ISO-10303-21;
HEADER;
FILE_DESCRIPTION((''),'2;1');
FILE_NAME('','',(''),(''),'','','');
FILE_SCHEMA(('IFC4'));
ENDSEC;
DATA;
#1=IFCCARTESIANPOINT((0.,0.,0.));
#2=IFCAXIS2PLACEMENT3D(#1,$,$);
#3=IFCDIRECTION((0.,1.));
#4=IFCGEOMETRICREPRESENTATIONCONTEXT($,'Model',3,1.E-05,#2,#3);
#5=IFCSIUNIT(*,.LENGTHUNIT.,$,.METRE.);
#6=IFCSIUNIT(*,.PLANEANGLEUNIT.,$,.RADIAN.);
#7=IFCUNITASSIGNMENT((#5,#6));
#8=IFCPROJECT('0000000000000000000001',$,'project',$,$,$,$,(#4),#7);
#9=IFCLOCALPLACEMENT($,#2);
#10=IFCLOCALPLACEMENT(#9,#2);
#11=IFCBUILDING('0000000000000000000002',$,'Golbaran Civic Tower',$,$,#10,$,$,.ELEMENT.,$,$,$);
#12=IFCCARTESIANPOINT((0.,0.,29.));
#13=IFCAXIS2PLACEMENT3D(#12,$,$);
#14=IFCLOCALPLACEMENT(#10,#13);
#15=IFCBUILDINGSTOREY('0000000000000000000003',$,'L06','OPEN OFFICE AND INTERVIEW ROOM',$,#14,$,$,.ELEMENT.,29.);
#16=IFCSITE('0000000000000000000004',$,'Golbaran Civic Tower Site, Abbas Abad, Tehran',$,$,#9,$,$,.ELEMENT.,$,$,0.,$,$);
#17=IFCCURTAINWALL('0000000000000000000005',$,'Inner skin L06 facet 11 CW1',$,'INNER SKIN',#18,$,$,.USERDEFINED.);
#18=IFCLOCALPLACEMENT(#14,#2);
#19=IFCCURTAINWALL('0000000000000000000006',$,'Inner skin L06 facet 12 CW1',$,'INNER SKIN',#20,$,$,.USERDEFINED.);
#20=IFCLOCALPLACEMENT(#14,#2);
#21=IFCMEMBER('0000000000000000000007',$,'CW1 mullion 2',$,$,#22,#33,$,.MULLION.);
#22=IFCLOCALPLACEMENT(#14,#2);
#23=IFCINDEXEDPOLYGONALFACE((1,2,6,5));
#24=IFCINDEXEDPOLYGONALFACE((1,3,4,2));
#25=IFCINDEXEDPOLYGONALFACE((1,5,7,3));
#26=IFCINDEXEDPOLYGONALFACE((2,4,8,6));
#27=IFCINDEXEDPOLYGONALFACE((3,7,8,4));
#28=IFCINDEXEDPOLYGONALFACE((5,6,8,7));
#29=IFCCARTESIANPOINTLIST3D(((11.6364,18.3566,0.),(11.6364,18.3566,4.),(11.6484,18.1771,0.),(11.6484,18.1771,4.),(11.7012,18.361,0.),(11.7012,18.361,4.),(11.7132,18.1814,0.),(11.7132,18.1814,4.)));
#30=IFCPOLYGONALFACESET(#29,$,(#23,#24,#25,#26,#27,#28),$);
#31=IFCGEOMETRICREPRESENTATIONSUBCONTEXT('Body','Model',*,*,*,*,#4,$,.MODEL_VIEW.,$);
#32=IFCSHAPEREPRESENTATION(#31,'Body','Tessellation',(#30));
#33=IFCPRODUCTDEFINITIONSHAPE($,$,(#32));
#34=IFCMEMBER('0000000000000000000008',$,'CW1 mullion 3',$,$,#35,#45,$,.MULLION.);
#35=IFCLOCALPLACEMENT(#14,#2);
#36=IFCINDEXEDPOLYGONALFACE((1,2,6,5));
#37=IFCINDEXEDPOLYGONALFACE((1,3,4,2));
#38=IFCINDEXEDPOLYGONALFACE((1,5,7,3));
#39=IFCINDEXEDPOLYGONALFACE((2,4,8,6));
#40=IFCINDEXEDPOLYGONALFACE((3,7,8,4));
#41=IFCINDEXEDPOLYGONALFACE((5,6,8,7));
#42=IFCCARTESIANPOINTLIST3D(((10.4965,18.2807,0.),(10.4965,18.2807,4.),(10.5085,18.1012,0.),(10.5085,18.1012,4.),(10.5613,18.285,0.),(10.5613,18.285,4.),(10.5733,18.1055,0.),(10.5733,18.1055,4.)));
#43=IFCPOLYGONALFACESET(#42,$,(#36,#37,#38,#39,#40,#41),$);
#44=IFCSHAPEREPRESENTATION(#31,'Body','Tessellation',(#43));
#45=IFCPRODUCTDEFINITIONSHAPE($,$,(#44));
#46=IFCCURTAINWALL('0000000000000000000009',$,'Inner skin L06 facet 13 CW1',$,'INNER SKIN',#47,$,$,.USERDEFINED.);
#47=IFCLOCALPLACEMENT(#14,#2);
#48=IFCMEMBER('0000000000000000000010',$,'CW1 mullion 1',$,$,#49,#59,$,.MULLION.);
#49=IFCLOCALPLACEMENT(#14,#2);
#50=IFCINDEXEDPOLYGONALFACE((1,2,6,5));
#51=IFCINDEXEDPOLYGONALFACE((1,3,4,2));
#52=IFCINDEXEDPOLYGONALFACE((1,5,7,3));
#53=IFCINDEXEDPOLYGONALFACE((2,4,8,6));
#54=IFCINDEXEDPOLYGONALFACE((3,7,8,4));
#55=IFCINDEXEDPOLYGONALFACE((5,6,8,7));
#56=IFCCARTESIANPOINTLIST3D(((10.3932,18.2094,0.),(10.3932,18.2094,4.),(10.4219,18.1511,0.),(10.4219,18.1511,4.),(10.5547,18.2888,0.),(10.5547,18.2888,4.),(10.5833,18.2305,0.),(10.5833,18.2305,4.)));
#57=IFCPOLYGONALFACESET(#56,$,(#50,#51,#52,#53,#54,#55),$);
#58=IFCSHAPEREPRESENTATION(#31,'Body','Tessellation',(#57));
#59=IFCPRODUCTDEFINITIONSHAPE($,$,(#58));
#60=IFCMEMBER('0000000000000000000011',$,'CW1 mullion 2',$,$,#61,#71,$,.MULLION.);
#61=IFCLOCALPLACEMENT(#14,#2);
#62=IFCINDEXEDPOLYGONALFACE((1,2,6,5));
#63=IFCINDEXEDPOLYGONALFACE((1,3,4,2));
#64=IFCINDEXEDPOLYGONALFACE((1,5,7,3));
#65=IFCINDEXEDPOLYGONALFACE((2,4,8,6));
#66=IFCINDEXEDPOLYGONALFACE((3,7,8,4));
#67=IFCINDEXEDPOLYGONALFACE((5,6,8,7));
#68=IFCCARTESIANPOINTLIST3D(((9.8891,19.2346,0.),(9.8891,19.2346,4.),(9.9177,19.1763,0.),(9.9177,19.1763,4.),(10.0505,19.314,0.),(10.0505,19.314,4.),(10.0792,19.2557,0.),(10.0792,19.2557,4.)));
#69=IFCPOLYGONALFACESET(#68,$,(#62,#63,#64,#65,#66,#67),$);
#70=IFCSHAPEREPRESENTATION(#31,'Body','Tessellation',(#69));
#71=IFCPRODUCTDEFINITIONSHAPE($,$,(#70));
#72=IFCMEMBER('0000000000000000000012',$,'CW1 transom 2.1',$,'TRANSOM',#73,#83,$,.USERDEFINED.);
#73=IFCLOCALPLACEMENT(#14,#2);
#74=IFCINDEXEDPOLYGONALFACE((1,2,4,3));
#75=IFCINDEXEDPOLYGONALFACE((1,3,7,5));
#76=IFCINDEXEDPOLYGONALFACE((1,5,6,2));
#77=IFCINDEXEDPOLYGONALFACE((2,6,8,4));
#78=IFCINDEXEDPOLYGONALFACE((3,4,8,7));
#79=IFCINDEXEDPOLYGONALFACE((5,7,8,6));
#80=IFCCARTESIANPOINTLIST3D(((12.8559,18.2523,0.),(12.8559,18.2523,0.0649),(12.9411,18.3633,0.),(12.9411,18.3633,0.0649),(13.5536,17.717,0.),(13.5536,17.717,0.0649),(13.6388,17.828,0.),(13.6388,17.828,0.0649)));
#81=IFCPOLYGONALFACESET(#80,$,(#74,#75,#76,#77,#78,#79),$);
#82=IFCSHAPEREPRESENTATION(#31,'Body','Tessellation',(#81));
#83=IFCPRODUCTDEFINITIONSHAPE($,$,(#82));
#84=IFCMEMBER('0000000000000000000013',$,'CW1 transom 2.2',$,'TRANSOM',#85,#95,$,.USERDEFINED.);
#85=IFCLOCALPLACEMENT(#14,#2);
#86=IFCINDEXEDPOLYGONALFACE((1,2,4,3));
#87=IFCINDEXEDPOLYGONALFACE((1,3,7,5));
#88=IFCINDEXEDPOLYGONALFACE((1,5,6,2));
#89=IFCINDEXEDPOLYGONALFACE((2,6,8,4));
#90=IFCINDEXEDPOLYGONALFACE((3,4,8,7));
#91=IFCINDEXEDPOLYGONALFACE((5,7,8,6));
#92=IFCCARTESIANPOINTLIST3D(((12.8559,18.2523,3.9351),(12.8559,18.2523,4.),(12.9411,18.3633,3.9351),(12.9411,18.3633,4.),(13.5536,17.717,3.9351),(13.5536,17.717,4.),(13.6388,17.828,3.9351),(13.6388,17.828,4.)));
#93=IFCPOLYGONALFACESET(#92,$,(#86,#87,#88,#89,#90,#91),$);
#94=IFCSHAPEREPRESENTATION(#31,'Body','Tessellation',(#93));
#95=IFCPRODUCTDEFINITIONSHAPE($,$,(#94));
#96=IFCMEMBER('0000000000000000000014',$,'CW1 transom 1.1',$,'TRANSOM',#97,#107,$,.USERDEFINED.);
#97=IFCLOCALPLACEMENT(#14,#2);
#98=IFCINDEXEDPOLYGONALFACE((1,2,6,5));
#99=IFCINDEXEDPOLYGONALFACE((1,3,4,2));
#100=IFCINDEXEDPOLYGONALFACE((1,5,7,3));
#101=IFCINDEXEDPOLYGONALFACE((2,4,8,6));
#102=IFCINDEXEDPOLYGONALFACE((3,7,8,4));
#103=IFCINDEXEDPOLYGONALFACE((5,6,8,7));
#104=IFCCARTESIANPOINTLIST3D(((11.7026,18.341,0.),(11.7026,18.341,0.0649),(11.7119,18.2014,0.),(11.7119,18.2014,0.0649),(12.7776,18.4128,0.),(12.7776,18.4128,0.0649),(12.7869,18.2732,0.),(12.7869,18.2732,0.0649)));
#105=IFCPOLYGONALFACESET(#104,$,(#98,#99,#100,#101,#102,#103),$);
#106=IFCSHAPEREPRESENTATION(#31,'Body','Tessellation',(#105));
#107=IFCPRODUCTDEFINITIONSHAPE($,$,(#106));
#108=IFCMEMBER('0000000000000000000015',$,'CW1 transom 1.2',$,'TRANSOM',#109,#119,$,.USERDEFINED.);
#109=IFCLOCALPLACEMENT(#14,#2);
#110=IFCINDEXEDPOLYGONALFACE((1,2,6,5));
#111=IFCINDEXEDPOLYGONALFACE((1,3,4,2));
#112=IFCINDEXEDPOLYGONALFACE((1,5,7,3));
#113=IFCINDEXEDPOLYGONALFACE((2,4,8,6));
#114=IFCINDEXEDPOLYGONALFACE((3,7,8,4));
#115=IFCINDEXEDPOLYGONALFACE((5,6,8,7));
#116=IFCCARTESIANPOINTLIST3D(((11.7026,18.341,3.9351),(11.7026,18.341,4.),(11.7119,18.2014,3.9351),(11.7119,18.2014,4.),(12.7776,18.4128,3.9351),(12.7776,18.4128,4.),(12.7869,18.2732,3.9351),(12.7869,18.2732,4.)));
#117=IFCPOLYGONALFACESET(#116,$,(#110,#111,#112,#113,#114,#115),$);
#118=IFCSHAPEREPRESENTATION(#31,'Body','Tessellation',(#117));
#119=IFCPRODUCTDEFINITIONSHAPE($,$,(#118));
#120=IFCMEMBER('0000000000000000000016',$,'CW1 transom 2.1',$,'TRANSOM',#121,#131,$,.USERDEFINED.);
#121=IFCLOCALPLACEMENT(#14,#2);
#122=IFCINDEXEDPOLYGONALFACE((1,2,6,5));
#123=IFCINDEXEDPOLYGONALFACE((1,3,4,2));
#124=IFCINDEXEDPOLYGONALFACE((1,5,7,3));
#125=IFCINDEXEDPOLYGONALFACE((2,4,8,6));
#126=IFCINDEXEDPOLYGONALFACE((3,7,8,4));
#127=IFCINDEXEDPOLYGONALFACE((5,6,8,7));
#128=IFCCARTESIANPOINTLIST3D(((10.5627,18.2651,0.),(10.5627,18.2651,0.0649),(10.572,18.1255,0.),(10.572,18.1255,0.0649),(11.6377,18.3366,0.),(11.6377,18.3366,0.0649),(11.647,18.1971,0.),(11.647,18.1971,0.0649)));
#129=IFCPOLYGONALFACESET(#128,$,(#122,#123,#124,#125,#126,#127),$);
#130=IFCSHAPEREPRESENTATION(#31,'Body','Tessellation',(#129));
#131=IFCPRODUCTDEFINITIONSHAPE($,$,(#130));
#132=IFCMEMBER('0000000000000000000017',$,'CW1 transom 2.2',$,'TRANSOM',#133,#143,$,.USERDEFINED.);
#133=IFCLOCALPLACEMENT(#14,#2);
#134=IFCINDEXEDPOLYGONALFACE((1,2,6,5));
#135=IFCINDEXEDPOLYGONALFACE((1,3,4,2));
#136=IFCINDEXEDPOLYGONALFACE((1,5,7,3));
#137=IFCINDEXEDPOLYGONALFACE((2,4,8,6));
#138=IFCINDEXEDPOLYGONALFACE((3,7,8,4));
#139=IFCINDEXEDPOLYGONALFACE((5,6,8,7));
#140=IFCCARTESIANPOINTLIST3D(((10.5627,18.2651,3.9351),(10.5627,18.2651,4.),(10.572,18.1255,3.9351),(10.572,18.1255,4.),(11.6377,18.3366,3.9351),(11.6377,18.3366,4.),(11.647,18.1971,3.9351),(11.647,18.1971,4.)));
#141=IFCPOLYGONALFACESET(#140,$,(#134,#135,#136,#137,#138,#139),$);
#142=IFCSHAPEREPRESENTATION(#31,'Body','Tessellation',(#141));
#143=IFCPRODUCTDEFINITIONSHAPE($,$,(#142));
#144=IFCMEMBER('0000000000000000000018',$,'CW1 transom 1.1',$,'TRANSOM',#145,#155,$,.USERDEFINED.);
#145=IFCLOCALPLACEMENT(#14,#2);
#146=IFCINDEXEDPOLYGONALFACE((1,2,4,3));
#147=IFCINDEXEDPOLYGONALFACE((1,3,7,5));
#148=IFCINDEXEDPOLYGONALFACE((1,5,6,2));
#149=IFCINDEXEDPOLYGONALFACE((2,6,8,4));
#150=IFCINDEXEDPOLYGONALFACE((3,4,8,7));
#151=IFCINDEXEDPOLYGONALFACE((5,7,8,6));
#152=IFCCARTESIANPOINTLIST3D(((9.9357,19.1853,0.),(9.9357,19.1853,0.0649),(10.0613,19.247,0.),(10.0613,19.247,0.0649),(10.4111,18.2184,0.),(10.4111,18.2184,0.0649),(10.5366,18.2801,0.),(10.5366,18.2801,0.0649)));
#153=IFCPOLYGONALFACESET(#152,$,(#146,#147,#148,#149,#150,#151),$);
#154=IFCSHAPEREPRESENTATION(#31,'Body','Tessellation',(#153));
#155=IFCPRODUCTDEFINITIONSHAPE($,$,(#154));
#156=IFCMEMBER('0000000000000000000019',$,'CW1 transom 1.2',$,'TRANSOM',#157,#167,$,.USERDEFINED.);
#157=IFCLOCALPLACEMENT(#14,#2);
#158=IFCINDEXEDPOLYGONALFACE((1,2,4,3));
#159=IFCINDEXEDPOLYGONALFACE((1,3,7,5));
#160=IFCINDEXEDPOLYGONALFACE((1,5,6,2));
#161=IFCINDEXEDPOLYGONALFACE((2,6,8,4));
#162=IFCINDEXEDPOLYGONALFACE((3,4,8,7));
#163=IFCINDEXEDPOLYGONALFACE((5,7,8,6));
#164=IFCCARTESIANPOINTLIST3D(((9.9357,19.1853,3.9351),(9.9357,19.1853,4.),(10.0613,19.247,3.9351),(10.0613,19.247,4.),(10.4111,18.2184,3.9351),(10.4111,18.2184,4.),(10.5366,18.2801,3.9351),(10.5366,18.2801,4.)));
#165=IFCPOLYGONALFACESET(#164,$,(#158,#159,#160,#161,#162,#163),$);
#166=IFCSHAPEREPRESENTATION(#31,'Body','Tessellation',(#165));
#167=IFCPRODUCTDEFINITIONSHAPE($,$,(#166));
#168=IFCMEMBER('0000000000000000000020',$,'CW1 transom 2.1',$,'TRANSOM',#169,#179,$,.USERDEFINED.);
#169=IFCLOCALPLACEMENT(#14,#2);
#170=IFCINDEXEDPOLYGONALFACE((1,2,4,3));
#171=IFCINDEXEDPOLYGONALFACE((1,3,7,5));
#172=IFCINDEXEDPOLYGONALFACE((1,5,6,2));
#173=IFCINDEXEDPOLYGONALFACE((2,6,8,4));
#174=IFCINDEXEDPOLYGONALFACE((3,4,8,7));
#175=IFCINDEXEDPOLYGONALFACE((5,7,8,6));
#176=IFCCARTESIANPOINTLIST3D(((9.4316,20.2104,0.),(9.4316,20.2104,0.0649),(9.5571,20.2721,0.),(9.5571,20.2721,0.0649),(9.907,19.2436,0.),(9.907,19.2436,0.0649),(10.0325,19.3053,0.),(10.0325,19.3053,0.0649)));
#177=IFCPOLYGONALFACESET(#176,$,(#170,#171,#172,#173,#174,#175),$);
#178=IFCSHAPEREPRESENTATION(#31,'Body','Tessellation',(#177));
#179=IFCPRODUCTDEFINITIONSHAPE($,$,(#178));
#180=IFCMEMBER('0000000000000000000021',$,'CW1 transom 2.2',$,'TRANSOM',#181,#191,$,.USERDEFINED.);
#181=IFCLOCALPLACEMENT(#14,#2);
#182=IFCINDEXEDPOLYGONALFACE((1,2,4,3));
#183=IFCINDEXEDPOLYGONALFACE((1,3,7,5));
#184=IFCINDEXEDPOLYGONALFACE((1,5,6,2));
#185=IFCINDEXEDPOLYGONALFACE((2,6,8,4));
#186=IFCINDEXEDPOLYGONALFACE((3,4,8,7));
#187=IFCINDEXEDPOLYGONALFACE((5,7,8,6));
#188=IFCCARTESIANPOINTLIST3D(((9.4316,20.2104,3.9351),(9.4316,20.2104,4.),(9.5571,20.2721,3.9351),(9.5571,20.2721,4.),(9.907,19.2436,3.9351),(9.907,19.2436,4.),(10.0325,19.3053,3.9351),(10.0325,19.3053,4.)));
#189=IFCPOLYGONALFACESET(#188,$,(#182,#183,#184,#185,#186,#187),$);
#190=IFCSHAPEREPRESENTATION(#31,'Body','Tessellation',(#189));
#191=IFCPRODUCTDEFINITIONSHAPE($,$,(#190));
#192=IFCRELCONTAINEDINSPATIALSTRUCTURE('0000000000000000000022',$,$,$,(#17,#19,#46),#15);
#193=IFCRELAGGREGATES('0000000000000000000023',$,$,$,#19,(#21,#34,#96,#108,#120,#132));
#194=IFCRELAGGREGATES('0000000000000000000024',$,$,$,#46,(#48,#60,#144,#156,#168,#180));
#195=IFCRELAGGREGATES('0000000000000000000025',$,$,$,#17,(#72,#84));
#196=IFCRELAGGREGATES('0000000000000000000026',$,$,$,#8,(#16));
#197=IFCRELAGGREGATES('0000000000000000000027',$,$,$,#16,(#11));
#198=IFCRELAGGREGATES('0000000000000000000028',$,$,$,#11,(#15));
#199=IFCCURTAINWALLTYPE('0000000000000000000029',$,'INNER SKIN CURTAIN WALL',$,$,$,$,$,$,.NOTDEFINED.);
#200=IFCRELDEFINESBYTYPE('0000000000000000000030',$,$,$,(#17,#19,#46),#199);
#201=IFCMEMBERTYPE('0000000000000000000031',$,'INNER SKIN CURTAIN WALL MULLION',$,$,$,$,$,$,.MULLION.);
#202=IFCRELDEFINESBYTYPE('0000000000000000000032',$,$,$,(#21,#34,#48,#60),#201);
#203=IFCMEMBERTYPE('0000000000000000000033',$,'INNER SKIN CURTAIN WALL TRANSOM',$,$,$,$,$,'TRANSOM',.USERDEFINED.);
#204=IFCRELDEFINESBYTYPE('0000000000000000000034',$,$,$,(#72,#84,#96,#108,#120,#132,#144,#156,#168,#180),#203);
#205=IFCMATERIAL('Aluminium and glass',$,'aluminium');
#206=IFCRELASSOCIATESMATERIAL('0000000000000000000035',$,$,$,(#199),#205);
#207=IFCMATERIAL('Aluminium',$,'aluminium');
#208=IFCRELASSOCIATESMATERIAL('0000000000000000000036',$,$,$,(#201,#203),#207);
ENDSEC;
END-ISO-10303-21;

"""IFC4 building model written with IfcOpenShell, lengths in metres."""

from ifc_helpers import new_model, si_unit, direction, frame, origin, origin_2d, place, context, subcontext, project, spatial, rectangle, extrude, material, material_profile, profile_set, type_object, element, aggregate, save


model = new_model("IFC4")

# Units and contexts
model_context = context("Model", 3, precision=1e-05, world=origin(), true_north=direction((0.0, 1.0)))
body_context = subcontext(model_context, "Body", "Model", "MODEL_VIEW")
ifc_project = project(units=[si_unit("LENGTHUNIT", "METRE"), si_unit("PLANEANGLEUNIT", "RADIAN")], contexts=[model_context])

# Site, building, storey
site_placement = place(None, origin())
site = spatial("IfcSite", under=ifc_project, at=site_placement, Name="Golbaran Civic Tower Site, Abbas Abad, Tehran", CompositionType="ELEMENT", RefElevation=0.0)
building_placement = place(site_placement, origin())
building = spatial("IfcBuilding", under=site, at=building_placement, Name="Golbaran Civic Tower", CompositionType="ELEMENT")
storey_placement = place(building_placement, frame((0.0, 0.0, 29.0)))
storey = spatial("IfcBuildingStorey", under=building, at=storey_placement, Name="L06", Description="OPEN OFFICE AND INTERVIEW ROOM", CompositionType="ELEMENT", Elevation=29.0)

# Curtain walls, members
ifc_material_1 = material(Name="Aluminium and glass", Category="aluminium")
curtain_wall_type = type_object("IfcCurtainWallType", Name="INNER SKIN CURTAIN WALL", PredefinedType="NOTDEFINED", material=ifc_material_1)
curtain_wall_1_placement = place(storey_placement, origin())
curtain_wall_1 = element("IfcCurtainWall", 1, at=curtain_wall_1_placement, inside=storey, type_object=curtain_wall_type, Name="Inner skin L06 facet 11 CW1", ObjectType="INNER SKIN", PredefinedType="USERDEFINED")
ifc_material_2 = material(Name="Aluminium", Category="aluminium")
ifc_material_profile_1 = material_profile(ifc_material_2, rectangle(XDim=0.1799, YDim=0.0649, at=origin_2d()), Name="INNER SKIN CURTAIN WALL MULLION")
ifc_profile_set_1 = profile_set([ifc_material_profile_1], Name="Aluminium")
member_type_1 = type_object("IfcMemberType", Name="INNER SKIN CURTAIN WALL MULLION", PredefinedType="MULLION", material=ifc_profile_set_1)
curtain_wall_2_placement = place(storey_placement, origin())
curtain_wall_2 = element("IfcCurtainWall", 2, at=curtain_wall_2_placement, inside=storey, type_object=curtain_wall_type, Name="Inner skin L06 facet 12 CW1", ObjectType="INNER SKIN", PredefinedType="USERDEFINED")
member_1_placement = place(storey_placement, frame((11.6748, 18.269, 0.0), z_axis=(0.0, 0.0, 1.0), x_axis=(0.066606, -0.997779, 0.0)))
member_1 = element("IfcMember", 3, at=member_1_placement, type_object=member_type_1, Name="CW1 mullion 2", PredefinedType="MULLION", context=body_context, shape_type="SweptSolid", body=[
    extrude(rectangle(XDim=0.1799, YDim=0.0649, at=origin_2d()), origin(), (0.0, 0.0, 1.0), 4.0),
])
member_2_placement = place(storey_placement, frame((10.5349, 18.1931, 0.0), z_axis=(0.0, 0.0, 1.0), x_axis=(0.066606, -0.997779, 0.0)))
member_2 = element("IfcMember", 4, at=member_2_placement, type_object=member_type_1, Name="CW1 mullion 3", PredefinedType="MULLION", context=body_context, shape_type="SweptSolid", body=[
    extrude(rectangle(XDim=0.1799, YDim=0.0649, at=origin_2d()), origin(), (0.0, 0.0, 1.0), 4.0),
])
curtain_wall_3_placement = place(storey_placement, origin())
curtain_wall_3 = element("IfcCurtainWall", 5, at=curtain_wall_3_placement, inside=storey, type_object=curtain_wall_type, Name="Inner skin L06 facet 13 CW1", ObjectType="INNER SKIN", PredefinedType="USERDEFINED")
member_3_placement = place(storey_placement, frame((10.4883, 18.22, 0.0), z_axis=(0.0, 0.0, 1.0), x_axis=(-0.897405, -0.441207, 0.0)))
member_3 = element("IfcMember", 6, at=member_3_placement, type_object=member_type_1, Name="CW1 mullion 1", PredefinedType="MULLION", context=body_context, shape_type="SweptSolid", body=[
    extrude(rectangle(XDim=0.1799, YDim=0.0649, at=origin_2d()), origin(), (0.0, 0.0, 1.0), 4.0),
])
member_4_placement = place(storey_placement, frame((9.9841, 19.2451, 0.0), z_axis=(0.0, 0.0, 1.0), x_axis=(-0.897405, -0.441207, 0.0)))
member_4 = element("IfcMember", 7, at=member_4_placement, type_object=member_type_1, Name="CW1 mullion 2", PredefinedType="MULLION", context=body_context, shape_type="SweptSolid", body=[
    extrude(rectangle(XDim=0.1799, YDim=0.0649, at=origin_2d()), origin(), (0.0, 0.0, 1.0), 4.0),
])

# Members
ifc_material_profile_2 = material_profile(ifc_material_2, rectangle(XDim=0.1399, YDim=0.0649, at=origin_2d()), Name="INNER SKIN CURTAIN WALL TRANSOM")
ifc_profile_set_2 = profile_set([ifc_material_profile_2], Name="Aluminium")
member_type_2 = type_object("IfcMemberType", Name="INNER SKIN CURTAIN WALL TRANSOM", ElementType="TRANSOM", PredefinedType="USERDEFINED", material=ifc_profile_set_2)
member_5_placement = place(storey_placement, frame((13.5962, 17.7725, 0.0325), z_axis=(-0.793356, 0.608758, 0.0), x_axis=(-0.608758, -0.793356, 0.0)))
member_5 = element("IfcMember", 8, at=member_5_placement, type_object=member_type_2, Name="CW1 transom 2.1", ObjectType="TRANSOM", PredefinedType="USERDEFINED", context=body_context, shape_type="SweptSolid", body=[
    extrude(rectangle(XDim=0.1399, YDim=0.0649, at=origin_2d()), origin(), (0.0, 0.0, 1.0), 0.8794),
])
member_6_placement = place(storey_placement, frame((13.5962, 17.7725, 3.9675), z_axis=(-0.793356, 0.608758, 0.0), x_axis=(-0.608758, -0.793356, 0.0)))
member_6 = element("IfcMember", 9, at=member_6_placement, type_object=member_type_2, Name="CW1 transom 2.2", ObjectType="TRANSOM", PredefinedType="USERDEFINED", context=body_context, shape_type="SweptSolid", body=[
    extrude(rectangle(XDim=0.1399, YDim=0.0649, at=origin_2d()), origin(), (0.0, 0.0, 1.0), 0.8794),
])
member_7_placement = place(storey_placement, frame((12.7822, 18.343, 0.0325), z_axis=(-0.997778, -0.066624, 0.0), x_axis=(0.066624, -0.997778, 0.0)))
member_7 = element("IfcMember", 10, at=member_7_placement, type_object=member_type_2, Name="CW1 transom 1.1", ObjectType="TRANSOM", PredefinedType="USERDEFINED", context=body_context, shape_type="SweptSolid", body=[
    extrude(rectangle(XDim=0.1399, YDim=0.0649, at=origin_2d()), origin(), (0.0, 0.0, 1.0), 1.0774),
])
member_8_placement = place(storey_placement, frame((12.7822, 18.343, 3.9675), z_axis=(-0.997778, -0.066624, 0.0), x_axis=(0.066624, -0.997778, 0.0)))
member_8 = element("IfcMember", 11, at=member_8_placement, type_object=member_type_2, Name="CW1 transom 1.2", ObjectType="TRANSOM", PredefinedType="USERDEFINED", context=body_context, shape_type="SweptSolid", body=[
    extrude(rectangle(XDim=0.1399, YDim=0.0649, at=origin_2d()), origin(), (0.0, 0.0, 1.0), 1.0774),
])
member_9_placement = place(storey_placement, frame((11.6423, 18.2668, 0.0325), z_axis=(-0.997793, -0.066399, 0.0), x_axis=(0.066399, -0.997793, 0.0)))
member_9 = element("IfcMember", 12, at=member_9_placement, type_object=member_type_2, Name="CW1 transom 2.1", ObjectType="TRANSOM", PredefinedType="USERDEFINED", context=body_context, shape_type="SweptSolid", body=[
    extrude(rectangle(XDim=0.1399, YDim=0.0649, at=origin_2d()), origin(), (0.0, 0.0, 1.0), 1.0774),
])
member_10_placement = place(storey_placement, frame((11.6423, 18.2668, 3.9675), z_axis=(-0.997793, -0.066399, 0.0), x_axis=(0.066399, -0.997793, 0.0)))
member_10 = element("IfcMember", 13, at=member_10_placement, type_object=member_type_2, Name="CW1 transom 2.2", ObjectType="TRANSOM", PredefinedType="USERDEFINED", context=body_context, shape_type="SweptSolid", body=[
    extrude(rectangle(XDim=0.1399, YDim=0.0649, at=origin_2d()), origin(), (0.0, 0.0, 1.0), 1.0774),
])
member_11_placement = place(storey_placement, frame((10.4739, 18.2493, 0.0325), z_axis=(-0.441221, 0.897399, 0.0), x_axis=(-0.897399, -0.441221, 0.0)))
member_11 = element("IfcMember", 14, at=member_11_placement, type_object=member_type_2, Name="CW1 transom 1.1", ObjectType="TRANSOM", PredefinedType="USERDEFINED", context=body_context, shape_type="SweptSolid", body=[
    extrude(rectangle(XDim=0.1399, YDim=0.0649, at=origin_2d()), origin(), (0.0, 0.0, 1.0), 1.0774),
])
member_12_placement = place(storey_placement, frame((10.4739, 18.2493, 3.9675), z_axis=(-0.441221, 0.897399, 0.0), x_axis=(-0.897399, -0.441221, 0.0)))
member_12 = element("IfcMember", 15, at=member_12_placement, type_object=member_type_2, Name="CW1 transom 1.2", ObjectType="TRANSOM", PredefinedType="USERDEFINED", context=body_context, shape_type="SweptSolid", body=[
    extrude(rectangle(XDim=0.1399, YDim=0.0649, at=origin_2d()), origin(), (0.0, 0.0, 1.0), 1.0774),
])
member_13_placement = place(storey_placement, frame((9.9697, 19.2744, 0.0325), z_axis=(-0.441221, 0.897399, 0.0), x_axis=(-0.897399, -0.441221, 0.0)))
member_13 = element("IfcMember", 16, at=member_13_placement, type_object=member_type_2, Name="CW1 transom 2.1", ObjectType="TRANSOM", PredefinedType="USERDEFINED", context=body_context, shape_type="SweptSolid", body=[
    extrude(rectangle(XDim=0.1399, YDim=0.0649, at=origin_2d()), origin(), (0.0, 0.0, 1.0), 1.0774),
])
member_14_placement = place(storey_placement, frame((9.9697, 19.2744, 3.9675), z_axis=(-0.441221, 0.897399, 0.0), x_axis=(-0.897399, -0.441221, 0.0)))
member_14 = element("IfcMember", 17, at=member_14_placement, type_object=member_type_2, Name="CW1 transom 2.2", ObjectType="TRANSOM", PredefinedType="USERDEFINED", context=body_context, shape_type="SweptSolid", body=[
    extrude(rectangle(XDim=0.1399, YDim=0.0649, at=origin_2d()), origin(), (0.0, 0.0, 1.0), 1.0774),
])

aggregate(curtain_wall_2, [member_1, member_2, member_7, member_8, member_9, member_10])
aggregate(curtain_wall_3, [member_3, member_4, member_11, member_12, member_13, member_14])
aggregate(curtain_wall_1, [member_5, member_6])

save(model, "model.ifc")
